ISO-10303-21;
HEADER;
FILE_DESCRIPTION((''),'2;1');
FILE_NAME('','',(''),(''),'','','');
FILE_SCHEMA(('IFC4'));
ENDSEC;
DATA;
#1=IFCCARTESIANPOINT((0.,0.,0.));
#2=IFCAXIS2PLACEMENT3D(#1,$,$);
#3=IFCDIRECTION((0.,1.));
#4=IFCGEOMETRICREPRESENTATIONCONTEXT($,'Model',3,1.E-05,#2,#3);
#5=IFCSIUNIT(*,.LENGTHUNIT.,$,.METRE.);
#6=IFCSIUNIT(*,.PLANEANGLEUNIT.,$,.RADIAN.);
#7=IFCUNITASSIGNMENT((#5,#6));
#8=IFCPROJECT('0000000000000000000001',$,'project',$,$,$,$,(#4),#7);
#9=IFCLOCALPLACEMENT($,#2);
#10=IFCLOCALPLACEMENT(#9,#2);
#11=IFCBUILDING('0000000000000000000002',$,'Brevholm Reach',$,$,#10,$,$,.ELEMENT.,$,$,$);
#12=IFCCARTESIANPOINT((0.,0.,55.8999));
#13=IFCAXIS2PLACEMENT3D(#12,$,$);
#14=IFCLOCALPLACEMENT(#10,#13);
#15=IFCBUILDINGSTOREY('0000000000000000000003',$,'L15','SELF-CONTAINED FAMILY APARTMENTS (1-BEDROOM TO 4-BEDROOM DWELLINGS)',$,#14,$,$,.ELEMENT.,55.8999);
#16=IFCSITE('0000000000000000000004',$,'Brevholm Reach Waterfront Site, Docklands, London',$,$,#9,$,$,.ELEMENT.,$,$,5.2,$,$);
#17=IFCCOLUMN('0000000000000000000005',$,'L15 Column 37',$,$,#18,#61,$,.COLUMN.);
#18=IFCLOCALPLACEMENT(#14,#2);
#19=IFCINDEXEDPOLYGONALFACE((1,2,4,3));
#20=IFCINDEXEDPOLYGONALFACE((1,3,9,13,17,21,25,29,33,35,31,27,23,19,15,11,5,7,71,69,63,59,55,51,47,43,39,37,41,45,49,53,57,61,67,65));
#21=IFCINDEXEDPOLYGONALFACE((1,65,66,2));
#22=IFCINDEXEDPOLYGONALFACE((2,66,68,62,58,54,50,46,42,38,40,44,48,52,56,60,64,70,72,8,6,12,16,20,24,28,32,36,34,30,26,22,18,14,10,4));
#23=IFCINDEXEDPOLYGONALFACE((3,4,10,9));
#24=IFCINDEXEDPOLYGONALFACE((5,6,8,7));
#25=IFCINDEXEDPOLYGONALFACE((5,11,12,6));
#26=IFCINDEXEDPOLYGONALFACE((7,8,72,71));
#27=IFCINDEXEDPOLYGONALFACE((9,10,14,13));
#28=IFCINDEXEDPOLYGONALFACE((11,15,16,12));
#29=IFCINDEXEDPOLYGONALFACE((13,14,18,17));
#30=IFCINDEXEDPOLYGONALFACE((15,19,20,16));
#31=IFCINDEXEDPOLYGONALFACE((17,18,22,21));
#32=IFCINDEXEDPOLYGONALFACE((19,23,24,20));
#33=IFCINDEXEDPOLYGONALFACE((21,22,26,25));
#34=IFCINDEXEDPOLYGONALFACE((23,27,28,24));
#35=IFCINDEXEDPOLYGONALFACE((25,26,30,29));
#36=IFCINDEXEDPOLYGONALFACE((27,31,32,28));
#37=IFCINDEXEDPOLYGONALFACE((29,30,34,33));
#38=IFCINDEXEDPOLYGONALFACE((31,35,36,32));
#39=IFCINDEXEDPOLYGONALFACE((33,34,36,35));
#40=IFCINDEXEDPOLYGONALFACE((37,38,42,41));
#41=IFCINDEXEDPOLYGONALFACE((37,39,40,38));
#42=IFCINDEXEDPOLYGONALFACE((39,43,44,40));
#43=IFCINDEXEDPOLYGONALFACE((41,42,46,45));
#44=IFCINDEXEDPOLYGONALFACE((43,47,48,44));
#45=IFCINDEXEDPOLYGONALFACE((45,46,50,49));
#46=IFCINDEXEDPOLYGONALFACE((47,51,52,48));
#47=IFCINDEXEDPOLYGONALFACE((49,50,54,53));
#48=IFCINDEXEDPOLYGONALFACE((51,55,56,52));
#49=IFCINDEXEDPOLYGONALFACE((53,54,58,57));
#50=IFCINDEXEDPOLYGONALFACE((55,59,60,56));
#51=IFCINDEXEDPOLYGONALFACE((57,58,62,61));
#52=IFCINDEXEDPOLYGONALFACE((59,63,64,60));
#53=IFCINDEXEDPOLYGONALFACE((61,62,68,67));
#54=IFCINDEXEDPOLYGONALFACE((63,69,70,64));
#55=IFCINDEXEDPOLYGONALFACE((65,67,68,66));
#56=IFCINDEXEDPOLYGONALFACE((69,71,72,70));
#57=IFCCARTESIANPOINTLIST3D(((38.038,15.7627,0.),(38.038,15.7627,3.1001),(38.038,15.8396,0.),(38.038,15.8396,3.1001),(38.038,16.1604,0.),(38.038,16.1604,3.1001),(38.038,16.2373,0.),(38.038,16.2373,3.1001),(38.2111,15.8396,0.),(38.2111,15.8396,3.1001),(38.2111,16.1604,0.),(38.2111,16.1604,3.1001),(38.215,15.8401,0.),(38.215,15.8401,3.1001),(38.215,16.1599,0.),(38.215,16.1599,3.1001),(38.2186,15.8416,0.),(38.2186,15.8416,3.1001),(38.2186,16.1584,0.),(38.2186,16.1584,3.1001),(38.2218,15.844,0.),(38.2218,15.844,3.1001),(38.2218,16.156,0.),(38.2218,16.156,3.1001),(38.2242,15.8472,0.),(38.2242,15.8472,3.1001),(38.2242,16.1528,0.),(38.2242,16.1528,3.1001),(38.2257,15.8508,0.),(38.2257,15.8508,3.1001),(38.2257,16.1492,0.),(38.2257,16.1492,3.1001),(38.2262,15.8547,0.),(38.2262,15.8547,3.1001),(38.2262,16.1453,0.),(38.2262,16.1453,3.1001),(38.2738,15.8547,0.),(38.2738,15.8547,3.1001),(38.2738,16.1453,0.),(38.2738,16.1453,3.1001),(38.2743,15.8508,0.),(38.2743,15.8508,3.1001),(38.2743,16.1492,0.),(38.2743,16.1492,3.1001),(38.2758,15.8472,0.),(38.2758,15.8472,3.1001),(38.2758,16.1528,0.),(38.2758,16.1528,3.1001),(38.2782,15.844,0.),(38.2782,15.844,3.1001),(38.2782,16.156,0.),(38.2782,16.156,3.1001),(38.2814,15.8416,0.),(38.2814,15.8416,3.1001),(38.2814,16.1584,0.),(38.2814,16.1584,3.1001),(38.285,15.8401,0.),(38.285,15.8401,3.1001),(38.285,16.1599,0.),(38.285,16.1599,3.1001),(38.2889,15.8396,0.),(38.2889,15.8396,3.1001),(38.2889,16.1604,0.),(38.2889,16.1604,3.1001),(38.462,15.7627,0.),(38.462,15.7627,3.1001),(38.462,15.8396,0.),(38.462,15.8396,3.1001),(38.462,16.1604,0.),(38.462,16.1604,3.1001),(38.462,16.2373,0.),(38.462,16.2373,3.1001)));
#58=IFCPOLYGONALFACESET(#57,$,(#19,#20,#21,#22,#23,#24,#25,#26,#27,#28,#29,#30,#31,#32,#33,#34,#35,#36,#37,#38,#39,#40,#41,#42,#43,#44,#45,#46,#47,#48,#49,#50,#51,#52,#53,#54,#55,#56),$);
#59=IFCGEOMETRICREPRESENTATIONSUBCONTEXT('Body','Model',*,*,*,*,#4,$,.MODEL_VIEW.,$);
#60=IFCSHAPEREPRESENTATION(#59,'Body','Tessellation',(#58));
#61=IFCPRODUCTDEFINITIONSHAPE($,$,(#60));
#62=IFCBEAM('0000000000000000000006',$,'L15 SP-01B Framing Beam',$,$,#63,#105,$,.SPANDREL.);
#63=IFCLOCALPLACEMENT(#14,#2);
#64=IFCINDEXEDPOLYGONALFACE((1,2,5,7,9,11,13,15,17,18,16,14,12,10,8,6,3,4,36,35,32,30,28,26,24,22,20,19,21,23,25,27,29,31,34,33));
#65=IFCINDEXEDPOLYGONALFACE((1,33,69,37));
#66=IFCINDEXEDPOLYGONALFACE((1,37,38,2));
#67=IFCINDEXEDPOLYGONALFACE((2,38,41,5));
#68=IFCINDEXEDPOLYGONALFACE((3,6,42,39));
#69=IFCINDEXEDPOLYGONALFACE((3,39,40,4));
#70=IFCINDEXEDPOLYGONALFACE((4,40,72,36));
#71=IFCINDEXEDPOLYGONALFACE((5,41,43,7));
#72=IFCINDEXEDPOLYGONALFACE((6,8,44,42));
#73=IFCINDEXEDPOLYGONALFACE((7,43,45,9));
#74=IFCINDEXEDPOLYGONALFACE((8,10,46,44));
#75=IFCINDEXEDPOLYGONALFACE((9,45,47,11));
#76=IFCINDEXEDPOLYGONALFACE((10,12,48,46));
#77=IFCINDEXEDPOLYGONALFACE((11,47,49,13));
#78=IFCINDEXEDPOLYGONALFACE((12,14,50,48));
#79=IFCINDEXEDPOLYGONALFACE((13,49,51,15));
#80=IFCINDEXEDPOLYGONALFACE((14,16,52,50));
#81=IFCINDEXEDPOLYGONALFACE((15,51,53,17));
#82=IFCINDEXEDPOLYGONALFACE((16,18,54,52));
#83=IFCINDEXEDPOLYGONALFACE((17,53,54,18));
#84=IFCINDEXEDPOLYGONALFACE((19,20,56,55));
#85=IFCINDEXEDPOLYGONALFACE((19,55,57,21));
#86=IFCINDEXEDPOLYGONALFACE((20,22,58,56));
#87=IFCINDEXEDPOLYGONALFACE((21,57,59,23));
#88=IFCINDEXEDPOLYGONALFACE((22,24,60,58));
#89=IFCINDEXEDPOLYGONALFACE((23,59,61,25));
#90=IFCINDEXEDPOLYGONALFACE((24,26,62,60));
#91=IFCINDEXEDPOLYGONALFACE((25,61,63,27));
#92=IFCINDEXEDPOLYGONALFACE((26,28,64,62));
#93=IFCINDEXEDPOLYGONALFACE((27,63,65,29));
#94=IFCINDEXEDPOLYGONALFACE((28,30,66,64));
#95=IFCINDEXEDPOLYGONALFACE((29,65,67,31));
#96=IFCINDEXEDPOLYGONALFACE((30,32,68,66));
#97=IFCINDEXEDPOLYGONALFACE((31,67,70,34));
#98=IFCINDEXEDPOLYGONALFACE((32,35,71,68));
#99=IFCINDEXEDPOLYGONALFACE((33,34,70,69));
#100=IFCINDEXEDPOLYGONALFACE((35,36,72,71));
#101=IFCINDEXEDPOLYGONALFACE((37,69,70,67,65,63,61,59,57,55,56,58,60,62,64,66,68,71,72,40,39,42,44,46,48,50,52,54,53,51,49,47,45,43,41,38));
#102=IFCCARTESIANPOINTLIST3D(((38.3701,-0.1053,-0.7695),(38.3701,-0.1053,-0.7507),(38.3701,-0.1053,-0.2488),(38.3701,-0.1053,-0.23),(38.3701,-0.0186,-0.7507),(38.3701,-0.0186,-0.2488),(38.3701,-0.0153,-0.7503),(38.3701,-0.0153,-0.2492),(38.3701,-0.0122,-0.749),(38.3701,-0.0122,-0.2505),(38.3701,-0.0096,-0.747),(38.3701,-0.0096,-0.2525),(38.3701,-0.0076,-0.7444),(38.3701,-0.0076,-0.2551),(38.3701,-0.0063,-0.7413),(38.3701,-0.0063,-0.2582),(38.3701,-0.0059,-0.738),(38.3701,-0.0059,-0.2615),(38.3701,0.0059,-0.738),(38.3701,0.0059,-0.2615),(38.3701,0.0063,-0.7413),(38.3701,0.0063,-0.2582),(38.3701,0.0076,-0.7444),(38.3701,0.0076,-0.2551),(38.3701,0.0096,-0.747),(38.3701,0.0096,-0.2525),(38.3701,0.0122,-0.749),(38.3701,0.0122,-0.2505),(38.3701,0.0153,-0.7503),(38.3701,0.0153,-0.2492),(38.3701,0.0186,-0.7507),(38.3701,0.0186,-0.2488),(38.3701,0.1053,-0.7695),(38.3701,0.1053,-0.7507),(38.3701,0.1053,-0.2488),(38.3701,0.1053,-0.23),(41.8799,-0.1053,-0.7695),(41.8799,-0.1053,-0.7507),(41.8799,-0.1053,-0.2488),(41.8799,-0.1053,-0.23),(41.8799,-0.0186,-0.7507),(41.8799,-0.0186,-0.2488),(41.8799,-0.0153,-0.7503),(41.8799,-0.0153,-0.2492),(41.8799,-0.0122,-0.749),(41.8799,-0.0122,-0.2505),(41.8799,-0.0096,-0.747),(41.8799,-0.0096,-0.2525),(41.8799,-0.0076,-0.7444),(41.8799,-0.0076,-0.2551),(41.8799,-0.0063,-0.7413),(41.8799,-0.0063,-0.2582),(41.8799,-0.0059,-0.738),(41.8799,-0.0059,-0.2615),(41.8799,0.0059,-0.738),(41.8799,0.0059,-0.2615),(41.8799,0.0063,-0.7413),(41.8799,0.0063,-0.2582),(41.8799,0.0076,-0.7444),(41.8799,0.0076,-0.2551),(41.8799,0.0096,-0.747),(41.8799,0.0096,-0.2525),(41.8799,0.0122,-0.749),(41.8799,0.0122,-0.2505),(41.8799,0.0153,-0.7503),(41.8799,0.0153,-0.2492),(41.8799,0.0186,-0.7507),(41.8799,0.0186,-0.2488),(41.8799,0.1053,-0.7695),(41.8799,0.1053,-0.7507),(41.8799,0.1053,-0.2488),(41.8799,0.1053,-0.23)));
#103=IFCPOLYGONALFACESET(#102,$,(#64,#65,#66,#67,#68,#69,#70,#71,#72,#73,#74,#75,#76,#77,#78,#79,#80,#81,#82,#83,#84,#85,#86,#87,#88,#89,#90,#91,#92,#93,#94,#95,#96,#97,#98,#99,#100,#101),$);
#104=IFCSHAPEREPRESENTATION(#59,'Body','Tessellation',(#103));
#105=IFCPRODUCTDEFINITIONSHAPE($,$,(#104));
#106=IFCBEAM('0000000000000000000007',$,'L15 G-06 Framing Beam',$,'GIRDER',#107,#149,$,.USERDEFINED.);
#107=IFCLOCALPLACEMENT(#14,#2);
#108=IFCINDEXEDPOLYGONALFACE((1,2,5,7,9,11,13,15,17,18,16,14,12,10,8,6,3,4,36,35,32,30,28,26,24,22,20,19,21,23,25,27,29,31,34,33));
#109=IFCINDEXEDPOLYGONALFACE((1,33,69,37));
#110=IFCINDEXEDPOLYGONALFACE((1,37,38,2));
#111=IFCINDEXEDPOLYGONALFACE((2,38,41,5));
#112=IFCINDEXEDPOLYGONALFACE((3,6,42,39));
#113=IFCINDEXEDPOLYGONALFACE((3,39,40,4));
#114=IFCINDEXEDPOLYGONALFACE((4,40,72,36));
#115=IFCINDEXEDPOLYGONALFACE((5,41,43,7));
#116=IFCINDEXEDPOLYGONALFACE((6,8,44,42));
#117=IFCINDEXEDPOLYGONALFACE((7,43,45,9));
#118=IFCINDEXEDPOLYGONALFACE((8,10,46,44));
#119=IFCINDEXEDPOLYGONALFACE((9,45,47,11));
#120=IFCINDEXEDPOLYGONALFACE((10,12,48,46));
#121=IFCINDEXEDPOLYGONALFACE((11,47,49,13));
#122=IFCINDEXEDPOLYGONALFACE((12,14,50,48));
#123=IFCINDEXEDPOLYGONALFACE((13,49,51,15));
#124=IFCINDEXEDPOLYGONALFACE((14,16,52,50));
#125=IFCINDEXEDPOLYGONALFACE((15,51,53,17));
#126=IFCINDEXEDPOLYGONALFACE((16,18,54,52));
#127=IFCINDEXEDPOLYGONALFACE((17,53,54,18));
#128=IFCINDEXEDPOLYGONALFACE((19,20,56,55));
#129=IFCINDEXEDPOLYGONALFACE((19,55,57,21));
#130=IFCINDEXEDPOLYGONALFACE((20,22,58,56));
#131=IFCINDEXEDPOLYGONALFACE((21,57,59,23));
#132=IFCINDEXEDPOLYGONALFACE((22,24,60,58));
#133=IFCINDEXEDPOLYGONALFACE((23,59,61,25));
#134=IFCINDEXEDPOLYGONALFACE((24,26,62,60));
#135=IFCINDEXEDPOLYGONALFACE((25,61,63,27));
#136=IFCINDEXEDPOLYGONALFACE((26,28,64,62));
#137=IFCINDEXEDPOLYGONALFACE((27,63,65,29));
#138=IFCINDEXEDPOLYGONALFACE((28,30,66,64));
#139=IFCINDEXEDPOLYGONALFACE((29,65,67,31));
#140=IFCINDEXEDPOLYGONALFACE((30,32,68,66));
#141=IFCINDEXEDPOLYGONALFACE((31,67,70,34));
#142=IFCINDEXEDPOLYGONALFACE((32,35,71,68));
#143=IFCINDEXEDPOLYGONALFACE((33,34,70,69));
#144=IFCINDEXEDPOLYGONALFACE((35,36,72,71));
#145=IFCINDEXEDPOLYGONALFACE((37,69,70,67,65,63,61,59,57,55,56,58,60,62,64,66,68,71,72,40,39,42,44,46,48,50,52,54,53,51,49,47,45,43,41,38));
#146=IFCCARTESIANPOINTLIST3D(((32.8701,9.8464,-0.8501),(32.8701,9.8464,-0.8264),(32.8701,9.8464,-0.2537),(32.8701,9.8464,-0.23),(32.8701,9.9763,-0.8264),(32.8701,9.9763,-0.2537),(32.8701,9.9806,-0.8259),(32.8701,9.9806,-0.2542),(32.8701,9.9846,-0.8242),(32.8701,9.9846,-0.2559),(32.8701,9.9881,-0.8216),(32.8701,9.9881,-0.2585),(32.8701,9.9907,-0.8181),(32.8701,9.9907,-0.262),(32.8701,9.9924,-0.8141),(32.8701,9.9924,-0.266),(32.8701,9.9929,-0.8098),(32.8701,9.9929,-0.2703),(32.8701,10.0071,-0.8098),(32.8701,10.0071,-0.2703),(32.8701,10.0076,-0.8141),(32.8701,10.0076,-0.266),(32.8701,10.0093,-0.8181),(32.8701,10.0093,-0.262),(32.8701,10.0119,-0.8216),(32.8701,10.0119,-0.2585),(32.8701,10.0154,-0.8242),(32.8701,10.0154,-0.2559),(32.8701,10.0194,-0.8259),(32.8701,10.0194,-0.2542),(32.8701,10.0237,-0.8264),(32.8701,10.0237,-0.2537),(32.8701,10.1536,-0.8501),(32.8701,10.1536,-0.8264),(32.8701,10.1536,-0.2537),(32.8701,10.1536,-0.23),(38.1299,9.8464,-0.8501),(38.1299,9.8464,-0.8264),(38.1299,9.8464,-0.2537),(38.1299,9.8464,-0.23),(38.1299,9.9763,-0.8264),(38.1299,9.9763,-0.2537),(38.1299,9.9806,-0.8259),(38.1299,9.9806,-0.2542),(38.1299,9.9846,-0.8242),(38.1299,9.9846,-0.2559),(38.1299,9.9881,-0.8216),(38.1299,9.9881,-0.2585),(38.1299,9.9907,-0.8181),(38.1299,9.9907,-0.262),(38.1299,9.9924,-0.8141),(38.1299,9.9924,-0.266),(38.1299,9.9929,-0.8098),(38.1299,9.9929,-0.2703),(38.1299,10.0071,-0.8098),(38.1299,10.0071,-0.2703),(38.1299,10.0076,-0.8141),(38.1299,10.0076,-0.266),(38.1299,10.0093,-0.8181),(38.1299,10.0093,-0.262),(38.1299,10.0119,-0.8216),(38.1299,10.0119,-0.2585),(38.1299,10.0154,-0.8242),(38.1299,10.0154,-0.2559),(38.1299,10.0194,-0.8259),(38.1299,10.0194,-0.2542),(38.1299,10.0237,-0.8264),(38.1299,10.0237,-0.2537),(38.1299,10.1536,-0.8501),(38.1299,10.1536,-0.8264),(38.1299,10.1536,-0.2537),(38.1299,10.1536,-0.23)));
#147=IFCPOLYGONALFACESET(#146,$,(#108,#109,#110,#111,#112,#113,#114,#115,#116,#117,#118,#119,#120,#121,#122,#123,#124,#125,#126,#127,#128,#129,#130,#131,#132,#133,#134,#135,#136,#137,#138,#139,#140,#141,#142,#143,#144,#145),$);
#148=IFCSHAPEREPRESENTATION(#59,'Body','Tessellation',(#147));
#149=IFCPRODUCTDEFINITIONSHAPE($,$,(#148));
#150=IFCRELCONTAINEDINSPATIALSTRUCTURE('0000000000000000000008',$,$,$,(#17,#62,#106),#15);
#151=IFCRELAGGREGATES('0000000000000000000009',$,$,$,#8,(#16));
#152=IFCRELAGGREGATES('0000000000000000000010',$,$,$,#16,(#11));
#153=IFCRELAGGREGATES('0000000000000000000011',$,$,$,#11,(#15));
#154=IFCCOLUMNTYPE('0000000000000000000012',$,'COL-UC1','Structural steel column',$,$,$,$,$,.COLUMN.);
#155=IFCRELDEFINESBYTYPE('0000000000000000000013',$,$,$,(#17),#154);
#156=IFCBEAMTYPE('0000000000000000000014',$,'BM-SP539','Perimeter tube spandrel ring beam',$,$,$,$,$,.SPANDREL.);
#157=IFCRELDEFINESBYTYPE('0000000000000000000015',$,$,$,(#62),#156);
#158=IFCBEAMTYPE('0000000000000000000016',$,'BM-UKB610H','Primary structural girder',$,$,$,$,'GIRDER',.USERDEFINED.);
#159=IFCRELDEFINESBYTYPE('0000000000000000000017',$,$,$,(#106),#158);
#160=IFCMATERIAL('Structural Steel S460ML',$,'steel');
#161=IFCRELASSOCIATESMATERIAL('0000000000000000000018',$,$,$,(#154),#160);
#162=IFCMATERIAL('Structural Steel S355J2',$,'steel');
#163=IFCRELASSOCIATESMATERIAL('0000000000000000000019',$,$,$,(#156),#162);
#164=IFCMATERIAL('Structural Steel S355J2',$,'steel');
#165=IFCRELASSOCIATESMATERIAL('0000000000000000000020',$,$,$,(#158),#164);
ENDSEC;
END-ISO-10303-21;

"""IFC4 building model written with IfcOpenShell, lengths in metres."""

from ifc_helpers import new_model, si_unit, direction, frame, origin, origin_2d, place, context, subcontext, project, spatial, i_section, extrude, material, material_profile, profile_set, type_object, element, save


model = new_model("IFC4")

# Units and contexts
model_context = context("Model", 3, precision=1e-05, world=origin(), true_north=direction((0.0, 1.0)))
body_context = subcontext(model_context, "Body", "Model", "MODEL_VIEW")
ifc_project = project(units=[si_unit("LENGTHUNIT", "METRE"), si_unit("PLANEANGLEUNIT", "RADIAN")], contexts=[model_context])

# Site, building, storey
site_placement = place(None, origin())
site = spatial("IfcSite", under=ifc_project, at=site_placement, Name="Brevholm Reach Waterfront Site, Docklands, London", CompositionType="ELEMENT", RefElevation=5.2)
building_placement = place(site_placement, origin())
building = spatial("IfcBuilding", under=site, at=building_placement, Name="Brevholm Reach", CompositionType="ELEMENT")
storey_placement = place(building_placement, frame((0.0, 0.0, 55.8999)))
storey = spatial("IfcBuildingStorey", under=building, at=storey_placement, Name="L15", Description="SELF-CONTAINED FAMILY APARTMENTS (1-BEDROOM TO 4-BEDROOM DWELLINGS)", CompositionType="ELEMENT", Elevation=55.8999)

# Column
ifc_material_1 = material(Name="Structural Steel S460ML", Category="steel")
ifc_material_profile_1 = material_profile(ifc_material_1, i_section(OverallWidth=0.4241, OverallDepth=0.4746, WebThickness=0.0476, FlangeThickness=0.0769, FilletRadius=0.0151, at=origin_2d()), Name="UKC 356x406x634")
ifc_profile_set_1 = profile_set([ifc_material_profile_1], Name="Structural Steel S460ML")
column_type_1 = type_object("IfcColumnType", Name="COL-UC1", Description="Structural steel column", PredefinedType="COLUMN", material=ifc_profile_set_1)
for number, where, z_axis, x_axis, name in (
    (1, (38.25, 16.0, 0.0), (0.0, 0.0, 1.0), (1.0, 0.0, 0.0), "L15 Column 37"),
):
    element("IfcColumn", number, at=place(storey_placement, frame(where, z_axis=z_axis, x_axis=x_axis)), inside=storey, type_object=column_type_1, Name=name, PredefinedType="COLUMN", context=body_context, shape_type="SweptSolid", body=[
        extrude(i_section(OverallWidth=0.4241, OverallDepth=0.4746, WebThickness=0.0476, FlangeThickness=0.0769, FilletRadius=0.0151, at=origin_2d()), origin(), (0.0, 0.0, 1.0), 3.1001),
    ])

# Beams
ifc_material_2 = material(Name="Structural Steel S355J2", Category="steel")
ifc_material_profile_2 = material_profile(ifc_material_2, i_section(OverallWidth=0.2107, OverallDepth=0.5396, WebThickness=0.0117, FlangeThickness=0.0188, FilletRadius=0.0127, at=origin_2d()), Name="UKB 533x210x109")
ifc_profile_set_2 = profile_set([ifc_material_profile_2], Name="Structural Steel S355J2")
beam_type_1 = type_object("IfcBeamType", Name="BM-SP539", Description="Perimeter tube spandrel ring beam", PredefinedType="SPANDREL", material=ifc_profile_set_2)
beam_1_placement = place(storey_placement, frame((38.3701, 0.0, -0.4998), z_axis=(1.0, 0.0, 0.0), x_axis=(0.0, 1.0, 0.0)))
element("IfcBeam", 2, at=beam_1_placement, inside=storey, type_object=beam_type_1, Name="L15 SP-01B Framing Beam", PredefinedType="SPANDREL", context=body_context, shape_type="SweptSolid", body=[
    extrude(i_section(OverallWidth=0.2107, OverallDepth=0.5396, WebThickness=0.0117, FlangeThickness=0.0188, FilletRadius=0.0127, at=origin_2d()), origin(), (0.0, 0.0, 1.0), 3.5098),
])
ifc_material_3 = material(Name="Structural Steel S355J2", Category="steel")
ifc_material_profile_3 = material_profile(ifc_material_3, i_section(OverallWidth=0.3071, OverallDepth=0.6201, WebThickness=0.0142, FlangeThickness=0.0237, FilletRadius=0.0166, at=origin_2d()), Name="UKB 610x305x179")
ifc_profile_set_3 = profile_set([ifc_material_profile_3], Name="Structural Steel S355J2")
beam_type_2 = type_object("IfcBeamType", Name="BM-UKB610H", Description="Primary structural girder", ElementType="GIRDER", PredefinedType="USERDEFINED", material=ifc_profile_set_3)
beam_2_placement = place(storey_placement, frame((32.8701, 10.0, -0.54), z_axis=(1.0, 0.0, 0.0), x_axis=(0.0, 1.0, 0.0)))
element("IfcBeam", 3, at=beam_2_placement, inside=storey, type_object=beam_type_2, Name="L15 G-06 Framing Beam", ObjectType="GIRDER", PredefinedType="USERDEFINED", context=body_context, shape_type="SweptSolid", body=[
    extrude(i_section(OverallWidth=0.3071, OverallDepth=0.6201, WebThickness=0.0142, FlangeThickness=0.0237, FilletRadius=0.0166, at=origin_2d()), origin(), (0.0, 0.0, 1.0), 5.2598),
])

save(model, "model.ifc")
